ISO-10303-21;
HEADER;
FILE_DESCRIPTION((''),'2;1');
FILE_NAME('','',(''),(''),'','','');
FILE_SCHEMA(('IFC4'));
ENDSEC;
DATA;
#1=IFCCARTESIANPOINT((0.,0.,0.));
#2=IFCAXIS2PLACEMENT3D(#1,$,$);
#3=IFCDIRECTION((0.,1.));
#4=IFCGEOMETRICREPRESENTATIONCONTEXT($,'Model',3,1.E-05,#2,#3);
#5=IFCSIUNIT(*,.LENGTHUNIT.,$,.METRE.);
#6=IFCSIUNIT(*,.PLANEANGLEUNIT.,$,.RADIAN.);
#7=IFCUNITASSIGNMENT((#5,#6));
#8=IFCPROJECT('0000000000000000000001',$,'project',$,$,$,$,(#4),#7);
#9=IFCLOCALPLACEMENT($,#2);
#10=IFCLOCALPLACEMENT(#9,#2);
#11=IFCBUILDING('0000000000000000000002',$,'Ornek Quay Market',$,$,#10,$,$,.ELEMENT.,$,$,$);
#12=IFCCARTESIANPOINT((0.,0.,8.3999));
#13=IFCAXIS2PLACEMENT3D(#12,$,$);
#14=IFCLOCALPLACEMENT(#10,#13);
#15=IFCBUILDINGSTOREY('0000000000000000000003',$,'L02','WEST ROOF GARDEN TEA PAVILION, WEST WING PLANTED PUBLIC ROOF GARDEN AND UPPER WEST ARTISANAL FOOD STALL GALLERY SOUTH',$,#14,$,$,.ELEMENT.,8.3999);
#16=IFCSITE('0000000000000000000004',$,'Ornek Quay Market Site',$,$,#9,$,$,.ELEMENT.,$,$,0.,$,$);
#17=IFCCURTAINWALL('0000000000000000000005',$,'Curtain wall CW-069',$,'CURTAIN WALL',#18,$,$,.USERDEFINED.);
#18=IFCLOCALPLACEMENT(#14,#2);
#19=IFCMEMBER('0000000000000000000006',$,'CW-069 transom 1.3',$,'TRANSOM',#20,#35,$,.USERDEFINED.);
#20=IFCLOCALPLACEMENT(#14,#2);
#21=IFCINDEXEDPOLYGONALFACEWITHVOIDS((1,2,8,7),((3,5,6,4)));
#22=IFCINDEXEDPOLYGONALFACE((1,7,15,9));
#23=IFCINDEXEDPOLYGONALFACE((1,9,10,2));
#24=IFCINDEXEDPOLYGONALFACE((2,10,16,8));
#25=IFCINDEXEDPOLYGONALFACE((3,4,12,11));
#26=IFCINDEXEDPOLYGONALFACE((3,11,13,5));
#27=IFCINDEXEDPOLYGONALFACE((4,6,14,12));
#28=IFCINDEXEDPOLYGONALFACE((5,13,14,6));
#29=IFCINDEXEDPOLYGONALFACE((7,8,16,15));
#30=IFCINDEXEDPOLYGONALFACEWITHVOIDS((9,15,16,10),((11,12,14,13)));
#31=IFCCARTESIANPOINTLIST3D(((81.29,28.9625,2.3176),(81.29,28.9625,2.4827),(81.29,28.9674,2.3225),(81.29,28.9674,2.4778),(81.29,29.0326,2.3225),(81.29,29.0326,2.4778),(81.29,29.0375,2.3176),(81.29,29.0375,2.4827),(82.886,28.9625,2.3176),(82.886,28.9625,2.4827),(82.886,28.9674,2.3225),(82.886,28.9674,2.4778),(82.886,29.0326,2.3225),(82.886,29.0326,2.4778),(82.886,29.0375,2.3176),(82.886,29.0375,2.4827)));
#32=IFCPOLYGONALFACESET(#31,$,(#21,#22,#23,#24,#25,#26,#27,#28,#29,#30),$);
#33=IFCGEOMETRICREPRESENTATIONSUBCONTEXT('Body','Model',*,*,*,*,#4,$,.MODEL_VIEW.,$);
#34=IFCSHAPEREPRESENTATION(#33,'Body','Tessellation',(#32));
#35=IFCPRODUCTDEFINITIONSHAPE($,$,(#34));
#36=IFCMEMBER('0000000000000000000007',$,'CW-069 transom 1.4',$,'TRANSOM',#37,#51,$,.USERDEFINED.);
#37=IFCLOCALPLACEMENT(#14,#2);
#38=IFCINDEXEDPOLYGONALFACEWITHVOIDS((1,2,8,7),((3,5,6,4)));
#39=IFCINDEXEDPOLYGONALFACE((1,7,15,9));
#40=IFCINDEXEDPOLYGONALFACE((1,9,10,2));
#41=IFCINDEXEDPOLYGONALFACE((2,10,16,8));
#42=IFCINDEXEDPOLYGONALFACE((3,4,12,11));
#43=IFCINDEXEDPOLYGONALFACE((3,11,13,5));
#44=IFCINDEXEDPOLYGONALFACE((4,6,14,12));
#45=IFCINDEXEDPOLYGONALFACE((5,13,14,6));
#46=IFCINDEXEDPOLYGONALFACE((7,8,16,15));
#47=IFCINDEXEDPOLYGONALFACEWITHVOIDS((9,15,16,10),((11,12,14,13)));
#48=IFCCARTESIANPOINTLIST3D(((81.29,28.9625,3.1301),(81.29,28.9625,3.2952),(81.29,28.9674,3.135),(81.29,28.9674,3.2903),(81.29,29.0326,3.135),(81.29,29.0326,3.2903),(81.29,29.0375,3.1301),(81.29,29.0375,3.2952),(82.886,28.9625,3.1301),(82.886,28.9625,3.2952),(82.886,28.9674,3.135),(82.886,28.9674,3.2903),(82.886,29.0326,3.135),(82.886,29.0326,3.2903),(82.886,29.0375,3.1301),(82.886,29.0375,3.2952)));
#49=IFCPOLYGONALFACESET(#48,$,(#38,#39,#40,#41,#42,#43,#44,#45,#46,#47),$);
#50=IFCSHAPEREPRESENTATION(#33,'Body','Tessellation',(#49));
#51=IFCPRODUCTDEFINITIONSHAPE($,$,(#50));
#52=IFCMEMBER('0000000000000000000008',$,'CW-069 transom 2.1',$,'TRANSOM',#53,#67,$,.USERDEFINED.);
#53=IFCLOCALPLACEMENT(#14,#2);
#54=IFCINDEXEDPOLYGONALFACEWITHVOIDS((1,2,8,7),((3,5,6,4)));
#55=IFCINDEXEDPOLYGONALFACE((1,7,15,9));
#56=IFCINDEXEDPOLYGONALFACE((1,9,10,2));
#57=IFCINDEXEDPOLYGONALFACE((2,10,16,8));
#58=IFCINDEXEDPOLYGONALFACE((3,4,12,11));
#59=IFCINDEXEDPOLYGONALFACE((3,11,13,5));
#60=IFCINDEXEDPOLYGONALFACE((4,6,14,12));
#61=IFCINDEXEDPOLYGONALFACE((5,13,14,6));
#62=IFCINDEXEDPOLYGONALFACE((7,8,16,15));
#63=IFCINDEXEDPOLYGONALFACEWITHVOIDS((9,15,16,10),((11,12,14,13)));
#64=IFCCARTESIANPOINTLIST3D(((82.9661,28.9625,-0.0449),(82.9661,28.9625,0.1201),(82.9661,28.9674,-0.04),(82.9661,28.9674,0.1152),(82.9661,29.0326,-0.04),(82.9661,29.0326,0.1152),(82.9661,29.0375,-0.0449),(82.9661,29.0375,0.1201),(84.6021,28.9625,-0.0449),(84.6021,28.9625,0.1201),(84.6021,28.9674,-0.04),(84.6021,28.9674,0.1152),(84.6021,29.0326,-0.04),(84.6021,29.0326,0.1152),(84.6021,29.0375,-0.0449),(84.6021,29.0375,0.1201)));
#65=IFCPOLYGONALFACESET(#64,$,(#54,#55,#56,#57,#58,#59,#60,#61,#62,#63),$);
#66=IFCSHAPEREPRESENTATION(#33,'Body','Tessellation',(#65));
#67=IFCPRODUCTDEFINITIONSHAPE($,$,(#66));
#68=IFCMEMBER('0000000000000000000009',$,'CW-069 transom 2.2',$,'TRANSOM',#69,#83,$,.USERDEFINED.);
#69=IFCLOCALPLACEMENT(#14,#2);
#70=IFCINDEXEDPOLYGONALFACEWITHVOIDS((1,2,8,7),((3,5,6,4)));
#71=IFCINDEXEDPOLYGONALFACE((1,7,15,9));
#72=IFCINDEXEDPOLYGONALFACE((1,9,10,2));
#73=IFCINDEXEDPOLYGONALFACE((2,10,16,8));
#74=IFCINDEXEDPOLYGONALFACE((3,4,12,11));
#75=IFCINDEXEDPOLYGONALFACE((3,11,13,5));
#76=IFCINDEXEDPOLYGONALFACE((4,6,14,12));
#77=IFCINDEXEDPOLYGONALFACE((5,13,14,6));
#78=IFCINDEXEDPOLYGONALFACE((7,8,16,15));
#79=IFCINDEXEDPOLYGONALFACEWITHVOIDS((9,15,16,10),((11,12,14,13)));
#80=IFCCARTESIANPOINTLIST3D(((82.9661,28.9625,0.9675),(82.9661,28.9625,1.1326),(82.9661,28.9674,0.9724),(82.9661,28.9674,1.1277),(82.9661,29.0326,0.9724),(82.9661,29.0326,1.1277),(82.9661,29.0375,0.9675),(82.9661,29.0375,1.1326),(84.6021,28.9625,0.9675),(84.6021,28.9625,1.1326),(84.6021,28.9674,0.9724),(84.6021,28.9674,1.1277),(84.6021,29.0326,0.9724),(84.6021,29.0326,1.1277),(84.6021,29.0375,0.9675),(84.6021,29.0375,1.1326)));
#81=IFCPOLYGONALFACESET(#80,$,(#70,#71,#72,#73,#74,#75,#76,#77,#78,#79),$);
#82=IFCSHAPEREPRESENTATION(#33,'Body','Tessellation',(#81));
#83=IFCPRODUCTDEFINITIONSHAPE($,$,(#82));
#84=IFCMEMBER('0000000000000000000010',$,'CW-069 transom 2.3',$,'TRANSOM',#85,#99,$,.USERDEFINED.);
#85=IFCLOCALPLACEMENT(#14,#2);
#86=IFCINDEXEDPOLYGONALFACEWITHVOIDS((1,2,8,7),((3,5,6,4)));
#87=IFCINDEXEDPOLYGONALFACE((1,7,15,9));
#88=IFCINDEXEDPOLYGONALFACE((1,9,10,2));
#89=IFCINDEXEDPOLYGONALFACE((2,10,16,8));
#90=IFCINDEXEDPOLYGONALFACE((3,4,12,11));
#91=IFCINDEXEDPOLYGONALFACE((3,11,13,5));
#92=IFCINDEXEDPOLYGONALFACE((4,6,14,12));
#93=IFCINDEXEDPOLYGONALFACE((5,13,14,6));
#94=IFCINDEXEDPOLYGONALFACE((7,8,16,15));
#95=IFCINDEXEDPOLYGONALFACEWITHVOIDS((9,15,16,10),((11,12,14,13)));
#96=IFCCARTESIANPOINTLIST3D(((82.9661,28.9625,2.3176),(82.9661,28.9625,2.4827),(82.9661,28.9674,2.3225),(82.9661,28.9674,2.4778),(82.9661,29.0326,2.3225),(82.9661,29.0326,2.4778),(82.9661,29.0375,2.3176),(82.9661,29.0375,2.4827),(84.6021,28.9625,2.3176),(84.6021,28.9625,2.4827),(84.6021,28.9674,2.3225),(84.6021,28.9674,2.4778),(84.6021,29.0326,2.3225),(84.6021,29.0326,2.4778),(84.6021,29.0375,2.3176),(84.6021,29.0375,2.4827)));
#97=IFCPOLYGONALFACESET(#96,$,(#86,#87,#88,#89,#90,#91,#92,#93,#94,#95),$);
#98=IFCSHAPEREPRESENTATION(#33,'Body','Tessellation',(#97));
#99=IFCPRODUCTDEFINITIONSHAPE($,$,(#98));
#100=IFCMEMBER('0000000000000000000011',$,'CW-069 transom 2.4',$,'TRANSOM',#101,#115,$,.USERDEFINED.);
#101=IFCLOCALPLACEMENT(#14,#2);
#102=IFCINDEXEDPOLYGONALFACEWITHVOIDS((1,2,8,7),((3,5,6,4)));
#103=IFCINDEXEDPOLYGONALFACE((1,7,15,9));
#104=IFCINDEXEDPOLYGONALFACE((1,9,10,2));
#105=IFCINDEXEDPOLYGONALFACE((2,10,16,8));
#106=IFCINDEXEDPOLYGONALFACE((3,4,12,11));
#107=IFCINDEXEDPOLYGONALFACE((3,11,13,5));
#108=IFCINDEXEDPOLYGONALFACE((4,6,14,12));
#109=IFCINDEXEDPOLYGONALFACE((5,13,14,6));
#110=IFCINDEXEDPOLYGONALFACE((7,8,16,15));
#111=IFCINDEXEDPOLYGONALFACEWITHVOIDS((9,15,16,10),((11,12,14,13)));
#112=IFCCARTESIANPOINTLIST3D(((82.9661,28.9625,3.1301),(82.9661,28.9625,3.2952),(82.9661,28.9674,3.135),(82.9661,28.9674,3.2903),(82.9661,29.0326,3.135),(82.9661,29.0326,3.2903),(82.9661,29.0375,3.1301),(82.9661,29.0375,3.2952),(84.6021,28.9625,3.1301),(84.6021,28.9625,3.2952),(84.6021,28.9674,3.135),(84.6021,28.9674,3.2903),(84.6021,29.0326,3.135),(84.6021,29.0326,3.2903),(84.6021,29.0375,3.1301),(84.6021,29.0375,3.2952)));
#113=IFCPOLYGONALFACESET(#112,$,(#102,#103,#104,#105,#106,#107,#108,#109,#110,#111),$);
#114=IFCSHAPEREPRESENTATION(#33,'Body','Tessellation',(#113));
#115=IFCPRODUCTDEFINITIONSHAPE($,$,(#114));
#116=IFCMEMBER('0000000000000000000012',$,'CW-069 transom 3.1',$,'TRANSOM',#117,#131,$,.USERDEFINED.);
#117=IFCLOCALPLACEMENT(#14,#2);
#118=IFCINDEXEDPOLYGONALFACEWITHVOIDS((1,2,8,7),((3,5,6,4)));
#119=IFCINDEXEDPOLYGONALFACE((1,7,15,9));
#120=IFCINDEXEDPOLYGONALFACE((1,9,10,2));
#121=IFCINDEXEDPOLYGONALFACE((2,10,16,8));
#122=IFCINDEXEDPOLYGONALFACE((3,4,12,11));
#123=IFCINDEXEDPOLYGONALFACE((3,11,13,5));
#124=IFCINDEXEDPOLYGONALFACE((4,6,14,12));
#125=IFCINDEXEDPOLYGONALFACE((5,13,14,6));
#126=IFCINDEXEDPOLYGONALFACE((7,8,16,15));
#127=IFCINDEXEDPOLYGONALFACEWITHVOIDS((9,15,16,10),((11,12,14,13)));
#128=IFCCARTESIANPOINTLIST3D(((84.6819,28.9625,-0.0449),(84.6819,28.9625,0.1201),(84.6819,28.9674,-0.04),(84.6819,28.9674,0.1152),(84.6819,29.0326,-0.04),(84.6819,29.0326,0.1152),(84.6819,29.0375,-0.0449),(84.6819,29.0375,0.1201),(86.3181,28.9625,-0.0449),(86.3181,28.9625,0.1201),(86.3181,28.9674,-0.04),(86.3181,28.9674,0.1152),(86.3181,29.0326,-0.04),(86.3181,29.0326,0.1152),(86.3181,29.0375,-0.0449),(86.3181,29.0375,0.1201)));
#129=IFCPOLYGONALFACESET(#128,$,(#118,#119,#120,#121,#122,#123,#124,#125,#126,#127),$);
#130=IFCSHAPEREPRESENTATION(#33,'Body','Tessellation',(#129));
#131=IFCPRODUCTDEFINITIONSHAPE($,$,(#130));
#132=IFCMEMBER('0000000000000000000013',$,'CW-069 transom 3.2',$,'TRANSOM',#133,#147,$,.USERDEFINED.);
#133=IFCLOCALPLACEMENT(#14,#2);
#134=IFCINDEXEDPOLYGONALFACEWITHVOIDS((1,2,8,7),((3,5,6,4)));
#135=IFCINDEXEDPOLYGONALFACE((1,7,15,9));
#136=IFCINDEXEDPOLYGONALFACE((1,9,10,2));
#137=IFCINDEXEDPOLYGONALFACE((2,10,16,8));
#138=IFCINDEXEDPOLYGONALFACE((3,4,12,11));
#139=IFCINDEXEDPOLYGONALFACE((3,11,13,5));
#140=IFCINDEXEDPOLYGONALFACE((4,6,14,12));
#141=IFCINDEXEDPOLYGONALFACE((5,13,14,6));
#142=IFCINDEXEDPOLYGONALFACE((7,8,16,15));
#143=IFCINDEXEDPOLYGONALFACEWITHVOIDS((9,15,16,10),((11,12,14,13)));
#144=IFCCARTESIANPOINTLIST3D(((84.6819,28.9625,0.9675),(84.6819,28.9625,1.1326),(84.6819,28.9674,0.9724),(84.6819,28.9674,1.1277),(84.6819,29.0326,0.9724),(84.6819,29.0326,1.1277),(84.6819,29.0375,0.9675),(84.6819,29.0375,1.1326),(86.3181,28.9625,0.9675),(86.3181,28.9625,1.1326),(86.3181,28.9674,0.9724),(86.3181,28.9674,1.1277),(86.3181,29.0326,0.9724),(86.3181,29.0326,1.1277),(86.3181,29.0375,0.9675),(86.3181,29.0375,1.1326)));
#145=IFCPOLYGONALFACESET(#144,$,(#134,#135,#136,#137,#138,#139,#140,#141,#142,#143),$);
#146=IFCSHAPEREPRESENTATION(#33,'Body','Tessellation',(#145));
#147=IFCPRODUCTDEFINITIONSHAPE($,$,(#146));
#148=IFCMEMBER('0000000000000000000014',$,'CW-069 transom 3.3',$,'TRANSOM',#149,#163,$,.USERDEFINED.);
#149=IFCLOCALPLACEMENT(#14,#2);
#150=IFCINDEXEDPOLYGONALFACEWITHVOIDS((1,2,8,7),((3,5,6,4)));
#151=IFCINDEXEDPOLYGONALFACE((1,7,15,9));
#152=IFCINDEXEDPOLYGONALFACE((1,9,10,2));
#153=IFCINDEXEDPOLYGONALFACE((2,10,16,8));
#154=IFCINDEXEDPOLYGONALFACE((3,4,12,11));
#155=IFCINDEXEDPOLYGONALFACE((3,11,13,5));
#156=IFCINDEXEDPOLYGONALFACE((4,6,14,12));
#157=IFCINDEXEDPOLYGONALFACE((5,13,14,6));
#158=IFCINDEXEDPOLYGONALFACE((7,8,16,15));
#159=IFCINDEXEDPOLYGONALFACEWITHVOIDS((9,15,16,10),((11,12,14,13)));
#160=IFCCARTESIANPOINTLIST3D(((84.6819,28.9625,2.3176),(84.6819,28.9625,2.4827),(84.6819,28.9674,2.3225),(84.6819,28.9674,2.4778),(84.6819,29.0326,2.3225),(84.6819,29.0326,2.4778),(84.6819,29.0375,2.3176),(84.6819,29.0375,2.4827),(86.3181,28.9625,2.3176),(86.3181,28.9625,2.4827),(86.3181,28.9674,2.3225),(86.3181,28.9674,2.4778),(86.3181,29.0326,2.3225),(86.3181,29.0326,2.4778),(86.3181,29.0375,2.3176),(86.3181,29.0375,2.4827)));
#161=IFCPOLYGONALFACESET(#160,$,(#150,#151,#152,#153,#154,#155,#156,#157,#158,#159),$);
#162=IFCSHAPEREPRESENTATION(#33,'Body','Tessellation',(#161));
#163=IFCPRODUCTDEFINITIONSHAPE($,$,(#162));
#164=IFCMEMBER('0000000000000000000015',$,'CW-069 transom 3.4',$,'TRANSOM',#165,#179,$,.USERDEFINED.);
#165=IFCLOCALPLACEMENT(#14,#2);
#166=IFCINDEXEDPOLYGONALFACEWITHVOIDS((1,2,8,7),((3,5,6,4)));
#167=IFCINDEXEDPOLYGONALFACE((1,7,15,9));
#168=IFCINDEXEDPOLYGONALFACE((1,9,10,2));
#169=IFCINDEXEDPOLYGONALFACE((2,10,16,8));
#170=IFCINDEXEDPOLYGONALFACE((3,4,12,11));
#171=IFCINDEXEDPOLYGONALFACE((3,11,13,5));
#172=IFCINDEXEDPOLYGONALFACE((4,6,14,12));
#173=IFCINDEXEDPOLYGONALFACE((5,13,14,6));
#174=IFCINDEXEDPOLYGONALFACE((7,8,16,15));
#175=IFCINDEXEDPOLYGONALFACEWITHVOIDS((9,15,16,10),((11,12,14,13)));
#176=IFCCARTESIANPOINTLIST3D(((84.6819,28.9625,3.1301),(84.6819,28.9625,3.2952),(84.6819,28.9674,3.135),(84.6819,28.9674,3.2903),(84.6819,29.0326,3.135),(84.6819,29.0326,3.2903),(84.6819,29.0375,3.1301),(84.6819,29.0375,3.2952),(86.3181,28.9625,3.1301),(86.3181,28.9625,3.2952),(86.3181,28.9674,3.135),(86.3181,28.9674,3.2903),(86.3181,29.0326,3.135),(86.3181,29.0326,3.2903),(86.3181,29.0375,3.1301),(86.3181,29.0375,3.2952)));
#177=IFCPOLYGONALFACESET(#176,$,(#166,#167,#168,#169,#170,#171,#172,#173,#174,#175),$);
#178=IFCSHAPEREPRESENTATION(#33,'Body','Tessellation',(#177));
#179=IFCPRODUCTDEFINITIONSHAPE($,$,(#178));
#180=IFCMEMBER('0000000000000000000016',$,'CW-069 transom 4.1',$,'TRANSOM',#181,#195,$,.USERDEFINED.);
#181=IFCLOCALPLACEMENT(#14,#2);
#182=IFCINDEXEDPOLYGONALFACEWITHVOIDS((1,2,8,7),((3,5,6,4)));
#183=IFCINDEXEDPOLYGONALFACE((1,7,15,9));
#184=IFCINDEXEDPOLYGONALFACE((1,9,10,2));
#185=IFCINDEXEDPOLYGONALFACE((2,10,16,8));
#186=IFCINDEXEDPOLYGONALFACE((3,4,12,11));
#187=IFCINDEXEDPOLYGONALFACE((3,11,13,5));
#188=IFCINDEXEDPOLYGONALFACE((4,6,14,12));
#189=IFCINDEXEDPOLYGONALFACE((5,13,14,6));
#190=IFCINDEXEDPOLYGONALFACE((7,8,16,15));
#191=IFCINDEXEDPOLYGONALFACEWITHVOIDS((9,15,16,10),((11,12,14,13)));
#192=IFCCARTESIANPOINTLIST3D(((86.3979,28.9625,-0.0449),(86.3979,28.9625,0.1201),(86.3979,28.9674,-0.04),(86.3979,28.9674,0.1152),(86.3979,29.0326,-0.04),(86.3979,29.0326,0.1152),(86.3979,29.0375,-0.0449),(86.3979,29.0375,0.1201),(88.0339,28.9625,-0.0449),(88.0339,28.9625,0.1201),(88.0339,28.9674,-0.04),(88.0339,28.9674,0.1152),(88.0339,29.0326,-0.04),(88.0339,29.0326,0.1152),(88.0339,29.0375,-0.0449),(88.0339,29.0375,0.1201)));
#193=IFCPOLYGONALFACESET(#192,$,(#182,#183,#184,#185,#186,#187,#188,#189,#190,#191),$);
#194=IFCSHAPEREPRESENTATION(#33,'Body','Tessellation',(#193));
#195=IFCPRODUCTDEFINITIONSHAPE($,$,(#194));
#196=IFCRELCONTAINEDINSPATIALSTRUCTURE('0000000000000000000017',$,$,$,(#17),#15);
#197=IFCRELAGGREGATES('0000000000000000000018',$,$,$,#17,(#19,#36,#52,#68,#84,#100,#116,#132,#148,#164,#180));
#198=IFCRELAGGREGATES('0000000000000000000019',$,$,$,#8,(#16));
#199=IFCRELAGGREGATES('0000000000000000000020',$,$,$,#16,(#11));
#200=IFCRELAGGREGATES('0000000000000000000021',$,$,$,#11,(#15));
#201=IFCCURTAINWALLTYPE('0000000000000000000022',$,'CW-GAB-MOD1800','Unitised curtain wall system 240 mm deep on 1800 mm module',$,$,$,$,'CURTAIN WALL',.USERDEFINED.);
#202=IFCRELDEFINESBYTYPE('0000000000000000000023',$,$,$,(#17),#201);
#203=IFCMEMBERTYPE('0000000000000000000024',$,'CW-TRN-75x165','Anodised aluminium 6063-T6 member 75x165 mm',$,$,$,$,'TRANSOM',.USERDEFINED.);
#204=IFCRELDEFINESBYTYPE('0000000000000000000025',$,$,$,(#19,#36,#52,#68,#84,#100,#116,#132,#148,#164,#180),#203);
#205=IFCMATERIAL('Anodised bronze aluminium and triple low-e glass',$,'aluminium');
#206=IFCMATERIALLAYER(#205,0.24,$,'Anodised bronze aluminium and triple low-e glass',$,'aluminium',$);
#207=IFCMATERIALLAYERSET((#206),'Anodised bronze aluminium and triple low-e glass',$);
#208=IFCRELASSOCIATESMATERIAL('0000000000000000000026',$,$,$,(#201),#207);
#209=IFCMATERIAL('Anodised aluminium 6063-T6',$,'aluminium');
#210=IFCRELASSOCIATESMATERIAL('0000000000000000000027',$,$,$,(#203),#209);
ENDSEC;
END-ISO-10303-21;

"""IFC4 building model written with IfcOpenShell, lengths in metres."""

from ifc_helpers import new_model, si_unit, direction, frame, origin, origin_2d, place, context, subcontext, project, spatial, hollow_rectangle, extrude, material, layer, layer_set, material_profile, profile_set, type_object, element, aggregate, save


model = new_model("IFC4")

# Units and contexts
model_context = context("Model", 3, precision=1e-05, world=origin(), true_north=direction((0.0, 1.0)))
body_context = subcontext(model_context, "Body", "Model", "MODEL_VIEW")
ifc_project = project(units=[si_unit("LENGTHUNIT", "METRE"), si_unit("PLANEANGLEUNIT", "RADIAN")], contexts=[model_context])

# Site, building, storey
site_placement = place(None, origin())
site = spatial("IfcSite", under=ifc_project, at=site_placement, Name="Ornek Quay Market Site", CompositionType="ELEMENT", RefElevation=0.0)
building_placement = place(site_placement, origin())
building = spatial("IfcBuilding", under=site, at=building_placement, Name="Ornek Quay Market", CompositionType="ELEMENT")
storey_placement = place(building_placement, frame((0.0, 0.0, 8.3999)))
storey = spatial("IfcBuildingStorey", under=building, at=storey_placement, Name="L02", Description="WEST ROOF GARDEN TEA PAVILION, WEST WING PLANTED PUBLIC ROOF GARDEN AND UPPER WEST ARTISANAL FOOD STALL GALLERY SOUTH", CompositionType="ELEMENT", Elevation=8.3999)

# Shared definitions
ifc_material_1 = material(Name="Anodised bronze aluminium and triple low-e glass", Category="aluminium")
ifc_layer_1 = layer(ifc_material_1, 0.24, Name="Anodised bronze aluminium and triple low-e glass", Category="aluminium")
ifc_layer_set_1 = layer_set([ifc_layer_1], Name="Anodised bronze aluminium and triple low-e glass")
curtain_wall_type = type_object("IfcCurtainWallType", Name="CW-GAB-MOD1800", Description="Unitised curtain wall system 240 mm deep on 1800 mm module", ElementType="CURTAIN WALL", PredefinedType="USERDEFINED", material=ifc_layer_set_1)
ifc_material_2 = material(Name="Anodised aluminium 6063-T6", Category="aluminium")

# Curtain wall
curtain_wall_1_placement = place(storey_placement, origin())
curtain_wall_1 = element("IfcCurtainWall", 1, at=curtain_wall_1_placement, inside=storey, type_object=curtain_wall_type, Name="Curtain wall CW-069", ObjectType="CURTAIN WALL", PredefinedType="USERDEFINED")

# Members
ifc_material_profile_1 = material_profile(ifc_material_2, hollow_rectangle(XDim=0.075, YDim=0.165, WallThickness=0.0049, at=origin_2d()), Name="CW-TRN-75x165", Category="aluminium")
ifc_profile_set_1 = profile_set([ifc_material_profile_1], Name="Anodised aluminium 6063-T6")
member_type_1 = type_object("IfcMemberType", Name="CW-TRN-75x165", Description="Anodised aluminium 6063-T6 member 75x165 mm", ElementType="TRANSOM", PredefinedType="USERDEFINED", material=ifc_profile_set_1)
member_1_placement = place(storey_placement, frame((81.29, 29.0, 2.4001), z_axis=(1.0, 0.0, 0.0), x_axis=(0.0, 1.0, 0.0)))
member_1 = element("IfcMember", 2, at=member_1_placement, type_object=member_type_1, Name="CW-069 transom 1.3", ObjectType="TRANSOM", PredefinedType="USERDEFINED", context=body_context, shape_type="SweptSolid", body=[
    extrude(hollow_rectangle(XDim=0.075, YDim=0.165, WallThickness=0.0049, at=origin_2d()), origin(), (0.0, 0.0, 1.0), 1.5959),
])
member_2_placement = place(storey_placement, frame((81.29, 29.0, 3.2126), z_axis=(1.0, 0.0, 0.0), x_axis=(0.0, 1.0, 0.0)))
member_2 = element("IfcMember", 3, at=member_2_placement, type_object=member_type_1, Name="CW-069 transom 1.4", ObjectType="TRANSOM", PredefinedType="USERDEFINED", context=body_context, shape_type="SweptSolid", body=[
    extrude(hollow_rectangle(XDim=0.075, YDim=0.165, WallThickness=0.0049, at=origin_2d()), origin(), (0.0, 0.0, 1.0), 1.5959),
])
member_3_placement = place(storey_placement, frame((82.9661, 29.0, 0.0376), z_axis=(1.0, 0.0, 0.0), x_axis=(0.0, 1.0, 0.0)))
member_3 = element("IfcMember", 4, at=member_3_placement, type_object=member_type_1, Name="CW-069 transom 2.1", ObjectType="TRANSOM", PredefinedType="USERDEFINED", context=body_context, shape_type="SweptSolid", body=[
    extrude(hollow_rectangle(XDim=0.075, YDim=0.165, WallThickness=0.0049, at=origin_2d()), origin(), (0.0, 0.0, 1.0), 1.636),
])
member_4_placement = place(storey_placement, frame((82.9661, 29.0, 1.05), z_axis=(1.0, 0.0, 0.0), x_axis=(0.0, 1.0, 0.0)))
member_4 = element("IfcMember", 5, at=member_4_placement, type_object=member_type_1, Name="CW-069 transom 2.2", ObjectType="TRANSOM", PredefinedType="USERDEFINED", context=body_context, shape_type="SweptSolid", body=[
    extrude(hollow_rectangle(XDim=0.075, YDim=0.165, WallThickness=0.0049, at=origin_2d()), origin(), (0.0, 0.0, 1.0), 1.636),
])
member_5_placement = place(storey_placement, frame((82.9661, 29.0, 2.4001), z_axis=(1.0, 0.0, 0.0), x_axis=(0.0, 1.0, 0.0)))
member_5 = element("IfcMember", 6, at=member_5_placement, type_object=member_type_1, Name="CW-069 transom 2.3", ObjectType="TRANSOM", PredefinedType="USERDEFINED", context=body_context, shape_type="SweptSolid", body=[
    extrude(hollow_rectangle(XDim=0.075, YDim=0.165, WallThickness=0.0049, at=origin_2d()), origin(), (0.0, 0.0, 1.0), 1.636),
])
member_6_placement = place(storey_placement, frame((82.9661, 29.0, 3.2126), z_axis=(1.0, 0.0, 0.0), x_axis=(0.0, 1.0, 0.0)))
member_6 = element("IfcMember", 7, at=member_6_placement, type_object=member_type_1, Name="CW-069 transom 2.4", ObjectType="TRANSOM", PredefinedType="USERDEFINED", context=body_context, shape_type="SweptSolid", body=[
    extrude(hollow_rectangle(XDim=0.075, YDim=0.165, WallThickness=0.0049, at=origin_2d()), origin(), (0.0, 0.0, 1.0), 1.636),
])
member_7_placement = place(storey_placement, frame((84.6819, 29.0, 0.0376), z_axis=(1.0, 0.0, 0.0), x_axis=(0.0, 1.0, 0.0)))
member_7 = element("IfcMember", 8, at=member_7_placement, type_object=member_type_1, Name="CW-069 transom 3.1", ObjectType="TRANSOM", PredefinedType="USERDEFINED", context=body_context, shape_type="SweptSolid", body=[
    extrude(hollow_rectangle(XDim=0.075, YDim=0.165, WallThickness=0.0049, at=origin_2d()), origin(), (0.0, 0.0, 1.0), 1.6362),
])
member_8_placement = place(storey_placement, frame((84.6819, 29.0, 1.05), z_axis=(1.0, 0.0, 0.0), x_axis=(0.0, 1.0, 0.0)))
member_8 = element("IfcMember", 9, at=member_8_placement, type_object=member_type_1, Name="CW-069 transom 3.2", ObjectType="TRANSOM", PredefinedType="USERDEFINED", context=body_context, shape_type="SweptSolid", body=[
    extrude(hollow_rectangle(XDim=0.075, YDim=0.165, WallThickness=0.0049, at=origin_2d()), origin(), (0.0, 0.0, 1.0), 1.6362),
])
member_9_placement = place(storey_placement, frame((84.6819, 29.0, 2.4001), z_axis=(1.0, 0.0, 0.0), x_axis=(0.0, 1.0, 0.0)))
member_9 = element("IfcMember", 10, at=member_9_placement, type_object=member_type_1, Name="CW-069 transom 3.3", ObjectType="TRANSOM", PredefinedType="USERDEFINED", context=body_context, shape_type="SweptSolid", body=[
    extrude(hollow_rectangle(XDim=0.075, YDim=0.165, WallThickness=0.0049, at=origin_2d()), origin(), (0.0, 0.0, 1.0), 1.6362),
])
member_10_placement = place(storey_placement, frame((84.6819, 29.0, 3.2126), z_axis=(1.0, 0.0, 0.0), x_axis=(0.0, 1.0, 0.0)))
member_10 = element("IfcMember", 11, at=member_10_placement, type_object=member_type_1, Name="CW-069 transom 3.4", ObjectType="TRANSOM", PredefinedType="USERDEFINED", context=body_context, shape_type="SweptSolid", body=[
    extrude(hollow_rectangle(XDim=0.075, YDim=0.165, WallThickness=0.0049, at=origin_2d()), origin(), (0.0, 0.0, 1.0), 1.6362),
])
member_11_placement = place(storey_placement, frame((86.3979, 29.0, 0.0376), z_axis=(1.0, 0.0, 0.0), x_axis=(0.0, 1.0, 0.0)))
member_11 = element("IfcMember", 12, at=member_11_placement, type_object=member_type_1, Name="CW-069 transom 4.1", ObjectType="TRANSOM", PredefinedType="USERDEFINED", context=body_context, shape_type="SweptSolid", body=[
    extrude(hollow_rectangle(XDim=0.075, YDim=0.165, WallThickness=0.0049, at=origin_2d()), origin(), (0.0, 0.0, 1.0), 1.636),
])

aggregate(curtain_wall_1, [member_1, member_2, member_3, member_4, member_5, member_6, member_7, member_8, member_9, member_10, member_11])

save(model, "model.ifc")
